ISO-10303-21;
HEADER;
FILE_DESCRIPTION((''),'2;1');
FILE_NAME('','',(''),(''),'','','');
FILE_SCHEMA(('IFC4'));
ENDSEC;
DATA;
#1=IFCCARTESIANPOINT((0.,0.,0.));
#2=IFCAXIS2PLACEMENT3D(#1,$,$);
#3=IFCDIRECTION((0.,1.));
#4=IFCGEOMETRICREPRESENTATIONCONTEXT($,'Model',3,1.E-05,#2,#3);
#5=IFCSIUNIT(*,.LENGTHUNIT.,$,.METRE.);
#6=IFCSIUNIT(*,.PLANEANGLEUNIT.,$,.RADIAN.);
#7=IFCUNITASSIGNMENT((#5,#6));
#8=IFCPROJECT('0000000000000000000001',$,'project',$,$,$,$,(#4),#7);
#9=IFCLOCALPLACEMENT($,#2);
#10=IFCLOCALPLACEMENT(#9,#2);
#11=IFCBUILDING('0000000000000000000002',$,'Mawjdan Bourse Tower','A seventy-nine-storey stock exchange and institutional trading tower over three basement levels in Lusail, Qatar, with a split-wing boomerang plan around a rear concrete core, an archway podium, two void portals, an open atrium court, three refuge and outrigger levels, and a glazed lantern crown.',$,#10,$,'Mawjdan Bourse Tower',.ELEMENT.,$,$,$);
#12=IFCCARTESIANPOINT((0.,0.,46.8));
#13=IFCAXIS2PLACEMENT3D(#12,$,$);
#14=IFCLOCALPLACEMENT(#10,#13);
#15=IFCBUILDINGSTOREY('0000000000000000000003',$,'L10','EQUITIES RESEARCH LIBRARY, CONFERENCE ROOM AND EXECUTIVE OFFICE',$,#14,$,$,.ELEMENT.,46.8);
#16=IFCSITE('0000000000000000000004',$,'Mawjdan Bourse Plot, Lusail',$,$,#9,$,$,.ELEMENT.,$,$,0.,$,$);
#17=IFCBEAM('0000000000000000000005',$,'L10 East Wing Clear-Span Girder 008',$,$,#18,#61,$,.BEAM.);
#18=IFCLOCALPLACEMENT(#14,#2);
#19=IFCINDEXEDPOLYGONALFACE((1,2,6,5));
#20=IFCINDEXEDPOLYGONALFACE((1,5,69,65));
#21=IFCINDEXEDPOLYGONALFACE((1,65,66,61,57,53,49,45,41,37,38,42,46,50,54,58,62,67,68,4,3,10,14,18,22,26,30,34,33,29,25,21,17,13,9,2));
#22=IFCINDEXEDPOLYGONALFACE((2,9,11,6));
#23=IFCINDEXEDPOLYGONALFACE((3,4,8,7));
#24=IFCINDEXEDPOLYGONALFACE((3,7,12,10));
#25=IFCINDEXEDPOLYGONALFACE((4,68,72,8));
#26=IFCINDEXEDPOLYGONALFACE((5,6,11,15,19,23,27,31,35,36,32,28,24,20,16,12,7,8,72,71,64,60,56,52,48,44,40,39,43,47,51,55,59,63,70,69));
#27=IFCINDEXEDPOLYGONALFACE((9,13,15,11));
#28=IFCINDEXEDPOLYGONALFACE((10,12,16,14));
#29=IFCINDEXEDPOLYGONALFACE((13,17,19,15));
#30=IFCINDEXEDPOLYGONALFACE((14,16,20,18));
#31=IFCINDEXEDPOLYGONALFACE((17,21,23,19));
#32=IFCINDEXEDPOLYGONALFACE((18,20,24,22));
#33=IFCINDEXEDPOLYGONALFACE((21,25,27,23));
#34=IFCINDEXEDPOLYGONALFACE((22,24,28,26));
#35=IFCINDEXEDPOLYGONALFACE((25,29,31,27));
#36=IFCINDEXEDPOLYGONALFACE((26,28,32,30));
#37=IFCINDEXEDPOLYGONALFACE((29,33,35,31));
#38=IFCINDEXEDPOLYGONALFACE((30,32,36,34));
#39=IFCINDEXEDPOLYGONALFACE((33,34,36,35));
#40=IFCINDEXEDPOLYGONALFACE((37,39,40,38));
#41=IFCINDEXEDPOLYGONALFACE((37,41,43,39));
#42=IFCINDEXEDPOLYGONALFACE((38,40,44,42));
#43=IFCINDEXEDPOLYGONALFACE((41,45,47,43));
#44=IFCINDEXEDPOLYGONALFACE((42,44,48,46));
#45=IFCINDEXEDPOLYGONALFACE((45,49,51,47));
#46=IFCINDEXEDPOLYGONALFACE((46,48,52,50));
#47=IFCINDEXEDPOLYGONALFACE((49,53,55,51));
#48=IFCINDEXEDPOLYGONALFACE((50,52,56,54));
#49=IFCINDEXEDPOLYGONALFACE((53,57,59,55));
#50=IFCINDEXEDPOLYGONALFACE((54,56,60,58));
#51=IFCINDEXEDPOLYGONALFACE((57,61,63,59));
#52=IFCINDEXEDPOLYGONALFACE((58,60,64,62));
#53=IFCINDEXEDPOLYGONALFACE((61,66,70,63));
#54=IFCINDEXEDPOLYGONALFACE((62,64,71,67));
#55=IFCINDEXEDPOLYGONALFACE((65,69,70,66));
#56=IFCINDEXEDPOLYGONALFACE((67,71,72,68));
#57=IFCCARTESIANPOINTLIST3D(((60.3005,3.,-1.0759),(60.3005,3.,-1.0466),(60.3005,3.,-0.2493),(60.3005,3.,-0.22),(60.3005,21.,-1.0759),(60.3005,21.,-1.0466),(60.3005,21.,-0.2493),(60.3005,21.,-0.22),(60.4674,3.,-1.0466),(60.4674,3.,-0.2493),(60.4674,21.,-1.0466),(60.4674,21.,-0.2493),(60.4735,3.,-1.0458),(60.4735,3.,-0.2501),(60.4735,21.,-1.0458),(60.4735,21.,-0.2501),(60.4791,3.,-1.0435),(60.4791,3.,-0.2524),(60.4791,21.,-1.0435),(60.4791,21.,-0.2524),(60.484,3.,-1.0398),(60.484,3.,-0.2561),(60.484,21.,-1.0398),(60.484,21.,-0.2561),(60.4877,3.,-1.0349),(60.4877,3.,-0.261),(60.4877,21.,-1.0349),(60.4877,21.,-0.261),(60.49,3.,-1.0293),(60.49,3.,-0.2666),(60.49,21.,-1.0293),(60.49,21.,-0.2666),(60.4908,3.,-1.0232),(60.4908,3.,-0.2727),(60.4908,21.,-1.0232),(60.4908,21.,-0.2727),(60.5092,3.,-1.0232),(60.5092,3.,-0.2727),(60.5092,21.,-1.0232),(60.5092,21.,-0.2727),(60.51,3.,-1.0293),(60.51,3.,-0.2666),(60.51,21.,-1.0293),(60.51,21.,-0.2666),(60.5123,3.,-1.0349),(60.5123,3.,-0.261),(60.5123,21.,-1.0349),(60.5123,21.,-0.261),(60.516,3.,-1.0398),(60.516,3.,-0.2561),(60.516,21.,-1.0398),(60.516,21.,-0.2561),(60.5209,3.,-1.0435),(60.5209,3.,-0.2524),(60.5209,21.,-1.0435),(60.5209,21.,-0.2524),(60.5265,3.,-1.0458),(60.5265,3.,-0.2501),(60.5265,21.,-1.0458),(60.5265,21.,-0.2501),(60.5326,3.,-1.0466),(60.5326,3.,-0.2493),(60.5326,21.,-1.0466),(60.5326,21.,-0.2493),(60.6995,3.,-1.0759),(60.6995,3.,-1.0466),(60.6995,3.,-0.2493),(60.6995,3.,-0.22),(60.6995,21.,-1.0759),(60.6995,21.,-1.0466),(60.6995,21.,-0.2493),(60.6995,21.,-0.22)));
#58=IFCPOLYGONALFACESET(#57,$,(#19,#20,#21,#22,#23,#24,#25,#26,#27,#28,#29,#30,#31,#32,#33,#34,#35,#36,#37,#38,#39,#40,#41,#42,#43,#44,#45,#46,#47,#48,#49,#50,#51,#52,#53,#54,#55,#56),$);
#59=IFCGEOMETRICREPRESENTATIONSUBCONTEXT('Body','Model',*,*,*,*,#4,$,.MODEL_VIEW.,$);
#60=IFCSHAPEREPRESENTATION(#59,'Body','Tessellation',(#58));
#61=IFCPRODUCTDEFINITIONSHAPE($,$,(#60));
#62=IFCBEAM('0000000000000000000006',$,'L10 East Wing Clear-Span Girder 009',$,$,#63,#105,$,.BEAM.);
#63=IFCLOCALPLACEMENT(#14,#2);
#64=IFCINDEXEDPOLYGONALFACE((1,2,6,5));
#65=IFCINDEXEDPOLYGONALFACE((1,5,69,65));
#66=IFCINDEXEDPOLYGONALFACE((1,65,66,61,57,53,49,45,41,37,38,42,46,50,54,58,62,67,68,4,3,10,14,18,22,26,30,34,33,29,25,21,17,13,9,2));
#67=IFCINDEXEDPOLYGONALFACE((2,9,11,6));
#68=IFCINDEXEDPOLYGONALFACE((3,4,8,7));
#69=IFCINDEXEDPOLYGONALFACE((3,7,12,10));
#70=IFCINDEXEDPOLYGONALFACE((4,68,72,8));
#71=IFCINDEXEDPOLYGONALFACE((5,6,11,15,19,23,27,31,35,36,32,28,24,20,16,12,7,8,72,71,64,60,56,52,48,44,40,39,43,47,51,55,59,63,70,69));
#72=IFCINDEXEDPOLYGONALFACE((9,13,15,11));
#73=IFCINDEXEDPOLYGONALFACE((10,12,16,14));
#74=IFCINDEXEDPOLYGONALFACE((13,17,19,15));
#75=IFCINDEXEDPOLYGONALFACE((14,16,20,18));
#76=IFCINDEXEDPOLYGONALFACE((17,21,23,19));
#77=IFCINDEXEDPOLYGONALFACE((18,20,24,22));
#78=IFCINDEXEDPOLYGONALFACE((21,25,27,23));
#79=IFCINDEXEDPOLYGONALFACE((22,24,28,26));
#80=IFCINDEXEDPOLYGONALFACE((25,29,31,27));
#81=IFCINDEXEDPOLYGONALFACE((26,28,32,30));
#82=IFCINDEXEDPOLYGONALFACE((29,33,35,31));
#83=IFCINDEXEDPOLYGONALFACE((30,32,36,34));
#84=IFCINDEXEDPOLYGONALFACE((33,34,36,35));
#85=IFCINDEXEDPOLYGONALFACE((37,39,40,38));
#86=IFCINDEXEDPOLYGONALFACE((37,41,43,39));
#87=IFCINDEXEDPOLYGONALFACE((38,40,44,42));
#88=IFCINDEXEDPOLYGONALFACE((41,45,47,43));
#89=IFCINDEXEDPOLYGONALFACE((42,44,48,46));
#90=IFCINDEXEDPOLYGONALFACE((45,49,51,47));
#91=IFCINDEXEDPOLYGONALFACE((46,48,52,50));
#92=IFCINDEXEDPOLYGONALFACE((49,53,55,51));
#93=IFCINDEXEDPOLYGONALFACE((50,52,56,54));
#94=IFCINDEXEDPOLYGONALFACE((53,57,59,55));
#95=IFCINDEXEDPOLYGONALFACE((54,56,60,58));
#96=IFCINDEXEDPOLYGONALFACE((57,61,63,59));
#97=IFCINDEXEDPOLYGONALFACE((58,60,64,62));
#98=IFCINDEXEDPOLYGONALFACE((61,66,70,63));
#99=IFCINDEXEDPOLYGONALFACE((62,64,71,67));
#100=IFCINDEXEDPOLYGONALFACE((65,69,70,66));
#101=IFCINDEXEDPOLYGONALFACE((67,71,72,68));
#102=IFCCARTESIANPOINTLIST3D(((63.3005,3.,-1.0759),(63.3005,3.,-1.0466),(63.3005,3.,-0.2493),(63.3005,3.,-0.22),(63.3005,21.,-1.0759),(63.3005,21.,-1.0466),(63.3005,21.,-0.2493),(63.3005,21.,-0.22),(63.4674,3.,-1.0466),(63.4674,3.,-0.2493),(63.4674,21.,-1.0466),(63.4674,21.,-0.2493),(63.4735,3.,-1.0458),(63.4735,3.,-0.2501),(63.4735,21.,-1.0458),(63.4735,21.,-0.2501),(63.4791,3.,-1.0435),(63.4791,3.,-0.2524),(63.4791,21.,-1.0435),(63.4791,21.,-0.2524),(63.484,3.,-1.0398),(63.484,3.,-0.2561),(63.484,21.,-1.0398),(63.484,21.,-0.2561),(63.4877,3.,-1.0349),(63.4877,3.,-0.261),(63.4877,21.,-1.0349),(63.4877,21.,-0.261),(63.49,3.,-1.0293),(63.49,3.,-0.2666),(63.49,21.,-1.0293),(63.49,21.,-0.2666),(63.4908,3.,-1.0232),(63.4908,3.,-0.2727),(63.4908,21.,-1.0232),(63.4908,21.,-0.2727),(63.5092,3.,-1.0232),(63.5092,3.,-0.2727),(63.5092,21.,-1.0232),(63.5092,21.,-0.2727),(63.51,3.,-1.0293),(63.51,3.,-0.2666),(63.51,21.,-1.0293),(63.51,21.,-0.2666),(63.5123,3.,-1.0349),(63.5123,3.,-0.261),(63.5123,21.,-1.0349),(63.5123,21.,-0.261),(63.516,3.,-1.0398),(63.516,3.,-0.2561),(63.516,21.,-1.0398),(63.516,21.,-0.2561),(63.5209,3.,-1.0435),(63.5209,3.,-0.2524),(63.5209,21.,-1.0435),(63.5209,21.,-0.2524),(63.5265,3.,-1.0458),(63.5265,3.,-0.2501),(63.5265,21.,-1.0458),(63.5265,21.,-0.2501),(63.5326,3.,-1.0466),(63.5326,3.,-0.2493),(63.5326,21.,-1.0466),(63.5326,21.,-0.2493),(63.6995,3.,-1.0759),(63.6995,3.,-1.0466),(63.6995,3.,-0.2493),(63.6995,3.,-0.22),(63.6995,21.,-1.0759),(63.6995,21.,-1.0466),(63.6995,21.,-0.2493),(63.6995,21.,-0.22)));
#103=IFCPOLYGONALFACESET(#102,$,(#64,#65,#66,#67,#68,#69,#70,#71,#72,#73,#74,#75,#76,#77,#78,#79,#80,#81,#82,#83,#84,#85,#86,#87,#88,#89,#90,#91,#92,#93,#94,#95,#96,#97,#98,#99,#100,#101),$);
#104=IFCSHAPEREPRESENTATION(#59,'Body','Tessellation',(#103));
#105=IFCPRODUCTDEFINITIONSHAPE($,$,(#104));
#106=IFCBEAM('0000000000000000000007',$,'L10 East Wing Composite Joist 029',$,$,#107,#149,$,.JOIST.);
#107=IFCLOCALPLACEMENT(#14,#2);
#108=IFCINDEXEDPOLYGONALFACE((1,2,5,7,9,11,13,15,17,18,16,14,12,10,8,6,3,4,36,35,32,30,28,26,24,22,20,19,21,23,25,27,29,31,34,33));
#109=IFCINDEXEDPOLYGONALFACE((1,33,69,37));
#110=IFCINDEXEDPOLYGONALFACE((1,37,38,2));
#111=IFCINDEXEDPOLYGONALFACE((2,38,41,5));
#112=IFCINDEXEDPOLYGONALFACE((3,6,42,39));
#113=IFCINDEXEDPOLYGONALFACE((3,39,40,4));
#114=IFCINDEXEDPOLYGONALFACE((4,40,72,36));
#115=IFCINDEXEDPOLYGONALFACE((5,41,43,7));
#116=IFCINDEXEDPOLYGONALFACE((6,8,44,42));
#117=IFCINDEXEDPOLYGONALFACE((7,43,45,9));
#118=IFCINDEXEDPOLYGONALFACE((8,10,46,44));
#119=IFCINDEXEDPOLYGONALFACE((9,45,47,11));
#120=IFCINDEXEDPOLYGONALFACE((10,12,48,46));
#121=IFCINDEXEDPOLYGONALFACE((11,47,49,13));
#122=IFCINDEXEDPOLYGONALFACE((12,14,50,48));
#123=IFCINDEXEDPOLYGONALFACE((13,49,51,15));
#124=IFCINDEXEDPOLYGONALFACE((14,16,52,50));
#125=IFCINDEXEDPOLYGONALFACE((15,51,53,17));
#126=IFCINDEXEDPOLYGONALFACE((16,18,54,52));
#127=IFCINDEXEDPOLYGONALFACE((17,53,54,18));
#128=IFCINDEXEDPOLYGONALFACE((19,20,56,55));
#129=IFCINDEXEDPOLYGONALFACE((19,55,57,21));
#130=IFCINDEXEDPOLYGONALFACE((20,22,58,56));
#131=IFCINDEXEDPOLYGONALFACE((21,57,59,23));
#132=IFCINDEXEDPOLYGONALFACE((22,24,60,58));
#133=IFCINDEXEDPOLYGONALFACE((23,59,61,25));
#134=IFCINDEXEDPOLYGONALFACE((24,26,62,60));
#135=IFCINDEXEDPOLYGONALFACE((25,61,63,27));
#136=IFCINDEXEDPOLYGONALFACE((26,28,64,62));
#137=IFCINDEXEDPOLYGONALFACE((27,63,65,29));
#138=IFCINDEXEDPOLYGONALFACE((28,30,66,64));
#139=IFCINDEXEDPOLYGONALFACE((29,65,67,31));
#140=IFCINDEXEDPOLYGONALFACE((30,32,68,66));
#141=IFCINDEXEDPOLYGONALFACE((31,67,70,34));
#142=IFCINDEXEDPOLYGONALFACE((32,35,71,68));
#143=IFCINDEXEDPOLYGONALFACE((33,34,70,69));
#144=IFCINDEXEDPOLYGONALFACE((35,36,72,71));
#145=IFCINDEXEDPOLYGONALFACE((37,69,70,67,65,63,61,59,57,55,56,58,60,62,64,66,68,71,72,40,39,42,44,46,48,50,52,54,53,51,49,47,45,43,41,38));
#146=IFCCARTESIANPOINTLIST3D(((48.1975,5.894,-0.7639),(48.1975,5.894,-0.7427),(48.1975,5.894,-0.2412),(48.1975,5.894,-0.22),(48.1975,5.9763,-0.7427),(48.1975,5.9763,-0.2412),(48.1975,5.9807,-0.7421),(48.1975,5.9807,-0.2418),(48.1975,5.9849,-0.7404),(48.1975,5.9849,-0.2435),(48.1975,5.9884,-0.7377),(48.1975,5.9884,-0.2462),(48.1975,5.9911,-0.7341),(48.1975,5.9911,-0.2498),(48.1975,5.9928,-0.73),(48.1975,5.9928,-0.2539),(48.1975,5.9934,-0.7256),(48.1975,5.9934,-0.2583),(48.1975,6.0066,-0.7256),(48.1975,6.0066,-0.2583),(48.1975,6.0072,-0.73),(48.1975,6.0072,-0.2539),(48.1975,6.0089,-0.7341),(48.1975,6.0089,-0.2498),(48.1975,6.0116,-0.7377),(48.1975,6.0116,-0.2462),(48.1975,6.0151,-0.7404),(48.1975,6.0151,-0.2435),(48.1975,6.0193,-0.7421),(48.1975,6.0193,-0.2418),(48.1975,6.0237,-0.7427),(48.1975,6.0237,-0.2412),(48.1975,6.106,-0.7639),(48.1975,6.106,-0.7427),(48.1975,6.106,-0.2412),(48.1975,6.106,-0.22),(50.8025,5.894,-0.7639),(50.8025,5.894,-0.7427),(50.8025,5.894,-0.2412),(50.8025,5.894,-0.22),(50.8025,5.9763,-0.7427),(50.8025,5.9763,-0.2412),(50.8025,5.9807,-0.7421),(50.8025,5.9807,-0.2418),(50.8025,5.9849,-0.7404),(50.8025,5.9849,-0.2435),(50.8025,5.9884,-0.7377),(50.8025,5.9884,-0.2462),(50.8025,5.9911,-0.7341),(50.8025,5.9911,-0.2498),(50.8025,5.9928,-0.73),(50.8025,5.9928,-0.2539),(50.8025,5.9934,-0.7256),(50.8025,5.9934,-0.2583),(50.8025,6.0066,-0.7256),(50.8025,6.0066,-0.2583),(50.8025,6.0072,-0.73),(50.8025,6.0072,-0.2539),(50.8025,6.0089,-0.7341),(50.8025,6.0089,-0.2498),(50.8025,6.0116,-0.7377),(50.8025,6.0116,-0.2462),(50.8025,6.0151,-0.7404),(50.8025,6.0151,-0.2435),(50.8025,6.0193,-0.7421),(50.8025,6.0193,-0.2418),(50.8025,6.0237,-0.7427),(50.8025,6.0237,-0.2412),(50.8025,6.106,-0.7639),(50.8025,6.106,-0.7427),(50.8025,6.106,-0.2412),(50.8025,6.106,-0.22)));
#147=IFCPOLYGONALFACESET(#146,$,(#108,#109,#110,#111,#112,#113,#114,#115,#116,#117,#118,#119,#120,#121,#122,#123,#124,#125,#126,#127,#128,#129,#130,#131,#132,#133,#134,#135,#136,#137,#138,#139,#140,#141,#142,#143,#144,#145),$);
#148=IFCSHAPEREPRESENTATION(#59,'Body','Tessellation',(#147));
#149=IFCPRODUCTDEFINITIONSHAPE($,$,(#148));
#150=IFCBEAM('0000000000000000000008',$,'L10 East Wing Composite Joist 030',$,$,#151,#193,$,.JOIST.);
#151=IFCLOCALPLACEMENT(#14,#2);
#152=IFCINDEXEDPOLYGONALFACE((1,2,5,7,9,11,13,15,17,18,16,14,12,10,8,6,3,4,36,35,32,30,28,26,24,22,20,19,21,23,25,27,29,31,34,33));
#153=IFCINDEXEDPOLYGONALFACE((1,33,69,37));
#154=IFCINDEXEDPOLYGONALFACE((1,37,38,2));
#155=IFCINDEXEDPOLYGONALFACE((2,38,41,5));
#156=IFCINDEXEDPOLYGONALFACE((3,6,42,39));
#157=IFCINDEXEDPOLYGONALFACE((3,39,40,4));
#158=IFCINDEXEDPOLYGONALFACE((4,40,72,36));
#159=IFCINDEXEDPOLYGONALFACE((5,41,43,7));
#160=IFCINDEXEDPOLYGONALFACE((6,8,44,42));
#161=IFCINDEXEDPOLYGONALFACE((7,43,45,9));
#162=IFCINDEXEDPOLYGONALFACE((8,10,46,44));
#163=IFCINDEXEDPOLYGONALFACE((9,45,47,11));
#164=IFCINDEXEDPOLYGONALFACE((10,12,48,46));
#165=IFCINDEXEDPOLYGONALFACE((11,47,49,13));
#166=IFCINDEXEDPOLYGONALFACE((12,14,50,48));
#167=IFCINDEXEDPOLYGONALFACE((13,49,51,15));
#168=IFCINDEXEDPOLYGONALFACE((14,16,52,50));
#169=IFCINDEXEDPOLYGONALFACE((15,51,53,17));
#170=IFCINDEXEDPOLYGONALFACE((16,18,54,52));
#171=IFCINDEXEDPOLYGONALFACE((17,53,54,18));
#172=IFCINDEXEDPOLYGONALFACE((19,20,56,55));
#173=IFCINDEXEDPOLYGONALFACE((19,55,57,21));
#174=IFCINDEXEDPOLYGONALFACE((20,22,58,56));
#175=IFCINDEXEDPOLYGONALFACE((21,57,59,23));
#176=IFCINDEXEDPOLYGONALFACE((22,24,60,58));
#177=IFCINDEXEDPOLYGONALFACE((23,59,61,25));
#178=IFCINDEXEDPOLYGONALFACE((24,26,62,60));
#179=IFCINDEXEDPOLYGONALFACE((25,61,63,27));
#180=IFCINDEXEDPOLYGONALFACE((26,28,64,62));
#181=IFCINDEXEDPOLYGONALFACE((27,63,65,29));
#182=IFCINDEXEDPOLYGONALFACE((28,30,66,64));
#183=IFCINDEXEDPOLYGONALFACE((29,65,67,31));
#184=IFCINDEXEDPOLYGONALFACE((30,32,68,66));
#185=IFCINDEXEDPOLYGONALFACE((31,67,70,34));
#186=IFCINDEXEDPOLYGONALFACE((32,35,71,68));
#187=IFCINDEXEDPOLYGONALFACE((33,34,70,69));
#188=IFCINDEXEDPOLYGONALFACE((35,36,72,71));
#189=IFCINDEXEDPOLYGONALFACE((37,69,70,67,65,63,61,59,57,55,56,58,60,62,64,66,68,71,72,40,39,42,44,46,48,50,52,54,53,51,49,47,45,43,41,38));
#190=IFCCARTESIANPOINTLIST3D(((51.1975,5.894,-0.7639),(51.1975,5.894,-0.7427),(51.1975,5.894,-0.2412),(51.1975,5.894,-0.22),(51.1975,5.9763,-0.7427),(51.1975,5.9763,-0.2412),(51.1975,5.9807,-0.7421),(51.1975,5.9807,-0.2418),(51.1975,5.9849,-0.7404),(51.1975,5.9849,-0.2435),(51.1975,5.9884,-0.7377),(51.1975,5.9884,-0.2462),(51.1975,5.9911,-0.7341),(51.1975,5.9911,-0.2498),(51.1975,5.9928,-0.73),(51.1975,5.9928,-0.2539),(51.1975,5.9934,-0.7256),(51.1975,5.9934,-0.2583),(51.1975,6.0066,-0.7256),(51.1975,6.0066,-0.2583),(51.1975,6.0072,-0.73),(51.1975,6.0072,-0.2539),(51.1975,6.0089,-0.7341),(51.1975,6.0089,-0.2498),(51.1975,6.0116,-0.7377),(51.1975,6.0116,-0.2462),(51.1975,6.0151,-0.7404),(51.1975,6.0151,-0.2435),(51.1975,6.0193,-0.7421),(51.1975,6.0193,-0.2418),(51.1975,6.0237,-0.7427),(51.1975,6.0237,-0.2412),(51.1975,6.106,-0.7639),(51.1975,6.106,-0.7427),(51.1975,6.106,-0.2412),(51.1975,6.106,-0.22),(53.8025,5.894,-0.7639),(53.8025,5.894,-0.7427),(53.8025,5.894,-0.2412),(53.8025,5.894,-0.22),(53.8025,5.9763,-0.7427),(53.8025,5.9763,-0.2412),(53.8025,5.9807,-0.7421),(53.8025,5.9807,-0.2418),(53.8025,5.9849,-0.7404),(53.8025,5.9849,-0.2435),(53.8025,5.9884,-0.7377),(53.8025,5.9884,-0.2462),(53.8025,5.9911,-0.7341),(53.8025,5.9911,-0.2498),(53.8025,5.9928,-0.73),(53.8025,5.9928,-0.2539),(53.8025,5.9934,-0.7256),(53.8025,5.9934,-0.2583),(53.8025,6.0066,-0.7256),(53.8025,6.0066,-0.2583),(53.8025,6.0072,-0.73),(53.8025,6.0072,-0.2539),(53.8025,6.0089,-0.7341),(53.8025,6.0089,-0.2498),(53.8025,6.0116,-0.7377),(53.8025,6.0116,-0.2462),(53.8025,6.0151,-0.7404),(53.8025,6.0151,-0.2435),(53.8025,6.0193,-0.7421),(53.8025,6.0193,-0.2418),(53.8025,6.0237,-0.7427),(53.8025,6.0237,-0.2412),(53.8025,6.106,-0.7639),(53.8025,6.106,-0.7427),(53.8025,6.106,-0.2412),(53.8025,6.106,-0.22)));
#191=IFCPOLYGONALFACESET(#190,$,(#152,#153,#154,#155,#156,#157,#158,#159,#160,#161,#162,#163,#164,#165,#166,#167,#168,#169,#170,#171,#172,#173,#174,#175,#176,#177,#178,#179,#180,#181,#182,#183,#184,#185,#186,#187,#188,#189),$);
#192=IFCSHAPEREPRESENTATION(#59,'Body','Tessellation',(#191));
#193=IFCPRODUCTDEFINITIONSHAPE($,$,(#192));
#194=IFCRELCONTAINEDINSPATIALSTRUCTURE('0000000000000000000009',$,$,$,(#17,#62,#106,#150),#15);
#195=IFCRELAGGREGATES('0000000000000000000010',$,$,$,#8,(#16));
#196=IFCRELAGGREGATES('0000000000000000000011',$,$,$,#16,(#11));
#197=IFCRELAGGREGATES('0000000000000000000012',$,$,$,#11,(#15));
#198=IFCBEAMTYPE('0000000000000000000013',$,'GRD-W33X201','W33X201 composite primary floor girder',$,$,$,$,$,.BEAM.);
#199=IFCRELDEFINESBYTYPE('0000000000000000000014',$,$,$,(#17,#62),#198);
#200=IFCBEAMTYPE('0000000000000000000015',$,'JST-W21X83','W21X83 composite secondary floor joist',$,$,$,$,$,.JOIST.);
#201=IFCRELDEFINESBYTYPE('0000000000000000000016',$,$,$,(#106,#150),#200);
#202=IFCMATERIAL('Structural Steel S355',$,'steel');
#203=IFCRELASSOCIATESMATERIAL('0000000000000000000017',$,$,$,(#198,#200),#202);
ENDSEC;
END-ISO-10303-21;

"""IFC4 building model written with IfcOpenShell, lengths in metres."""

from ifc_helpers import new_model, si_unit, direction, frame, origin, origin_2d, place, context, subcontext, project, spatial, i_section, extrude, material, material_profile, profile_set, type_object, element, save


model = new_model("IFC4")

# Units and contexts
model_context = context("Model", 3, precision=1e-05, world=origin(), true_north=direction((0.0, 1.0)))
body_context = subcontext(model_context, "Body", "Model", "MODEL_VIEW")
ifc_project = project(units=[si_unit("LENGTHUNIT", "METRE"), si_unit("PLANEANGLEUNIT", "RADIAN")], contexts=[model_context])

# Site, building, storey
site_placement = place(None, origin())
site = spatial("IfcSite", under=ifc_project, at=site_placement, Name="Mawjdan Bourse Plot, Lusail", CompositionType="ELEMENT", RefElevation=0.0)
building_placement = place(site_placement, origin())
building = spatial("IfcBuilding", under=site, at=building_placement, Name="Mawjdan Bourse Tower", Description="A seventy-nine-storey stock exchange and institutional trading tower over three basement levels in Lusail, Qatar, with a split-wing boomerang plan around a rear concrete core, an archway podium, two void portals, an open atrium court, three refuge and outrigger levels, and a glazed lantern crown.", LongName="Mawjdan Bourse Tower", CompositionType="ELEMENT")
storey_placement = place(building_placement, frame((0.0, 0.0, 46.8)))
storey = spatial("IfcBuildingStorey", under=building, at=storey_placement, Name="L10", Description="EQUITIES RESEARCH LIBRARY, CONFERENCE ROOM AND EXECUTIVE OFFICE", CompositionType="ELEMENT", Elevation=46.8)

# Beams
ifc_material_1 = material(Name="Structural Steel S355", Category="steel")
ifc_material_profile_1 = material_profile(ifc_material_1, i_section(OverallWidth=0.3989, OverallDepth=0.856, WebThickness=0.0183, FlangeThickness=0.0293, FilletRadius=0.0234, at=origin_2d()), Name="W33X201")
ifc_profile_set_1 = profile_set([ifc_material_profile_1], Name="Structural Steel S355")
beam_type_1 = type_object("IfcBeamType", Name="GRD-W33X201", Description="W33X201 composite primary floor girder", PredefinedType="BEAM", material=ifc_profile_set_1)
for number, where, z_axis, x_axis, name in (
    (1, (60.5, 3.0, -0.6479), (0.0, 1.0, 0.0), (-1.0, 0.0, 0.0), "L10 East Wing Clear-Span Girder 008"),
    (2, (63.5, 3.0, -0.6479), (0.0, 1.0, 0.0), (-1.0, 0.0, 0.0), "L10 East Wing Clear-Span Girder 009"),
):
    element("IfcBeam", number, at=place(storey_placement, frame(where, z_axis=z_axis, x_axis=x_axis)), inside=storey, type_object=beam_type_1, Name=name, PredefinedType="BEAM", context=body_context, shape_type="SweptSolid", body=[
        extrude(i_section(OverallWidth=0.3989, OverallDepth=0.856, WebThickness=0.0183, FlangeThickness=0.0293, FilletRadius=0.0234, at=origin_2d()), origin(), (0.0, 0.0, 1.0), 18.0),
    ])
ifc_material_profile_2 = material_profile(ifc_material_1, i_section(OverallWidth=0.2119, OverallDepth=0.5439, WebThickness=0.0132, FlangeThickness=0.0212, FilletRadius=0.0171, at=origin_2d()), Name="W21X83")
ifc_profile_set_2 = profile_set([ifc_material_profile_2], Name="Structural Steel S355")
beam_type_2 = type_object("IfcBeamType", Name="JST-W21X83", Description="W21X83 composite secondary floor joist", PredefinedType="JOIST", material=ifc_profile_set_2)
for number, where, z_axis, x_axis, name in (
    (3, (48.1975, 6.0, -0.4919), (1.0, 0.0, 0.0), (0.0, 1.0, 0.0), "L10 East Wing Composite Joist 029"),
    (4, (51.1975, 6.0, -0.4919), (1.0, 0.0, 0.0), (0.0, 1.0, 0.0), "L10 East Wing Composite Joist 030"),
):
    element("IfcBeam", number, at=place(storey_placement, frame(where, z_axis=z_axis, x_axis=x_axis)), inside=storey, type_object=beam_type_2, Name=name, PredefinedType="JOIST", context=body_context, shape_type="SweptSolid", body=[
        extrude(i_section(OverallWidth=0.2119, OverallDepth=0.5439, WebThickness=0.0132, FlangeThickness=0.0212, FilletRadius=0.0171, at=origin_2d()), origin(), (0.0, 0.0, 1.0), 2.605),
    ])

save(model, "model.ifc")
